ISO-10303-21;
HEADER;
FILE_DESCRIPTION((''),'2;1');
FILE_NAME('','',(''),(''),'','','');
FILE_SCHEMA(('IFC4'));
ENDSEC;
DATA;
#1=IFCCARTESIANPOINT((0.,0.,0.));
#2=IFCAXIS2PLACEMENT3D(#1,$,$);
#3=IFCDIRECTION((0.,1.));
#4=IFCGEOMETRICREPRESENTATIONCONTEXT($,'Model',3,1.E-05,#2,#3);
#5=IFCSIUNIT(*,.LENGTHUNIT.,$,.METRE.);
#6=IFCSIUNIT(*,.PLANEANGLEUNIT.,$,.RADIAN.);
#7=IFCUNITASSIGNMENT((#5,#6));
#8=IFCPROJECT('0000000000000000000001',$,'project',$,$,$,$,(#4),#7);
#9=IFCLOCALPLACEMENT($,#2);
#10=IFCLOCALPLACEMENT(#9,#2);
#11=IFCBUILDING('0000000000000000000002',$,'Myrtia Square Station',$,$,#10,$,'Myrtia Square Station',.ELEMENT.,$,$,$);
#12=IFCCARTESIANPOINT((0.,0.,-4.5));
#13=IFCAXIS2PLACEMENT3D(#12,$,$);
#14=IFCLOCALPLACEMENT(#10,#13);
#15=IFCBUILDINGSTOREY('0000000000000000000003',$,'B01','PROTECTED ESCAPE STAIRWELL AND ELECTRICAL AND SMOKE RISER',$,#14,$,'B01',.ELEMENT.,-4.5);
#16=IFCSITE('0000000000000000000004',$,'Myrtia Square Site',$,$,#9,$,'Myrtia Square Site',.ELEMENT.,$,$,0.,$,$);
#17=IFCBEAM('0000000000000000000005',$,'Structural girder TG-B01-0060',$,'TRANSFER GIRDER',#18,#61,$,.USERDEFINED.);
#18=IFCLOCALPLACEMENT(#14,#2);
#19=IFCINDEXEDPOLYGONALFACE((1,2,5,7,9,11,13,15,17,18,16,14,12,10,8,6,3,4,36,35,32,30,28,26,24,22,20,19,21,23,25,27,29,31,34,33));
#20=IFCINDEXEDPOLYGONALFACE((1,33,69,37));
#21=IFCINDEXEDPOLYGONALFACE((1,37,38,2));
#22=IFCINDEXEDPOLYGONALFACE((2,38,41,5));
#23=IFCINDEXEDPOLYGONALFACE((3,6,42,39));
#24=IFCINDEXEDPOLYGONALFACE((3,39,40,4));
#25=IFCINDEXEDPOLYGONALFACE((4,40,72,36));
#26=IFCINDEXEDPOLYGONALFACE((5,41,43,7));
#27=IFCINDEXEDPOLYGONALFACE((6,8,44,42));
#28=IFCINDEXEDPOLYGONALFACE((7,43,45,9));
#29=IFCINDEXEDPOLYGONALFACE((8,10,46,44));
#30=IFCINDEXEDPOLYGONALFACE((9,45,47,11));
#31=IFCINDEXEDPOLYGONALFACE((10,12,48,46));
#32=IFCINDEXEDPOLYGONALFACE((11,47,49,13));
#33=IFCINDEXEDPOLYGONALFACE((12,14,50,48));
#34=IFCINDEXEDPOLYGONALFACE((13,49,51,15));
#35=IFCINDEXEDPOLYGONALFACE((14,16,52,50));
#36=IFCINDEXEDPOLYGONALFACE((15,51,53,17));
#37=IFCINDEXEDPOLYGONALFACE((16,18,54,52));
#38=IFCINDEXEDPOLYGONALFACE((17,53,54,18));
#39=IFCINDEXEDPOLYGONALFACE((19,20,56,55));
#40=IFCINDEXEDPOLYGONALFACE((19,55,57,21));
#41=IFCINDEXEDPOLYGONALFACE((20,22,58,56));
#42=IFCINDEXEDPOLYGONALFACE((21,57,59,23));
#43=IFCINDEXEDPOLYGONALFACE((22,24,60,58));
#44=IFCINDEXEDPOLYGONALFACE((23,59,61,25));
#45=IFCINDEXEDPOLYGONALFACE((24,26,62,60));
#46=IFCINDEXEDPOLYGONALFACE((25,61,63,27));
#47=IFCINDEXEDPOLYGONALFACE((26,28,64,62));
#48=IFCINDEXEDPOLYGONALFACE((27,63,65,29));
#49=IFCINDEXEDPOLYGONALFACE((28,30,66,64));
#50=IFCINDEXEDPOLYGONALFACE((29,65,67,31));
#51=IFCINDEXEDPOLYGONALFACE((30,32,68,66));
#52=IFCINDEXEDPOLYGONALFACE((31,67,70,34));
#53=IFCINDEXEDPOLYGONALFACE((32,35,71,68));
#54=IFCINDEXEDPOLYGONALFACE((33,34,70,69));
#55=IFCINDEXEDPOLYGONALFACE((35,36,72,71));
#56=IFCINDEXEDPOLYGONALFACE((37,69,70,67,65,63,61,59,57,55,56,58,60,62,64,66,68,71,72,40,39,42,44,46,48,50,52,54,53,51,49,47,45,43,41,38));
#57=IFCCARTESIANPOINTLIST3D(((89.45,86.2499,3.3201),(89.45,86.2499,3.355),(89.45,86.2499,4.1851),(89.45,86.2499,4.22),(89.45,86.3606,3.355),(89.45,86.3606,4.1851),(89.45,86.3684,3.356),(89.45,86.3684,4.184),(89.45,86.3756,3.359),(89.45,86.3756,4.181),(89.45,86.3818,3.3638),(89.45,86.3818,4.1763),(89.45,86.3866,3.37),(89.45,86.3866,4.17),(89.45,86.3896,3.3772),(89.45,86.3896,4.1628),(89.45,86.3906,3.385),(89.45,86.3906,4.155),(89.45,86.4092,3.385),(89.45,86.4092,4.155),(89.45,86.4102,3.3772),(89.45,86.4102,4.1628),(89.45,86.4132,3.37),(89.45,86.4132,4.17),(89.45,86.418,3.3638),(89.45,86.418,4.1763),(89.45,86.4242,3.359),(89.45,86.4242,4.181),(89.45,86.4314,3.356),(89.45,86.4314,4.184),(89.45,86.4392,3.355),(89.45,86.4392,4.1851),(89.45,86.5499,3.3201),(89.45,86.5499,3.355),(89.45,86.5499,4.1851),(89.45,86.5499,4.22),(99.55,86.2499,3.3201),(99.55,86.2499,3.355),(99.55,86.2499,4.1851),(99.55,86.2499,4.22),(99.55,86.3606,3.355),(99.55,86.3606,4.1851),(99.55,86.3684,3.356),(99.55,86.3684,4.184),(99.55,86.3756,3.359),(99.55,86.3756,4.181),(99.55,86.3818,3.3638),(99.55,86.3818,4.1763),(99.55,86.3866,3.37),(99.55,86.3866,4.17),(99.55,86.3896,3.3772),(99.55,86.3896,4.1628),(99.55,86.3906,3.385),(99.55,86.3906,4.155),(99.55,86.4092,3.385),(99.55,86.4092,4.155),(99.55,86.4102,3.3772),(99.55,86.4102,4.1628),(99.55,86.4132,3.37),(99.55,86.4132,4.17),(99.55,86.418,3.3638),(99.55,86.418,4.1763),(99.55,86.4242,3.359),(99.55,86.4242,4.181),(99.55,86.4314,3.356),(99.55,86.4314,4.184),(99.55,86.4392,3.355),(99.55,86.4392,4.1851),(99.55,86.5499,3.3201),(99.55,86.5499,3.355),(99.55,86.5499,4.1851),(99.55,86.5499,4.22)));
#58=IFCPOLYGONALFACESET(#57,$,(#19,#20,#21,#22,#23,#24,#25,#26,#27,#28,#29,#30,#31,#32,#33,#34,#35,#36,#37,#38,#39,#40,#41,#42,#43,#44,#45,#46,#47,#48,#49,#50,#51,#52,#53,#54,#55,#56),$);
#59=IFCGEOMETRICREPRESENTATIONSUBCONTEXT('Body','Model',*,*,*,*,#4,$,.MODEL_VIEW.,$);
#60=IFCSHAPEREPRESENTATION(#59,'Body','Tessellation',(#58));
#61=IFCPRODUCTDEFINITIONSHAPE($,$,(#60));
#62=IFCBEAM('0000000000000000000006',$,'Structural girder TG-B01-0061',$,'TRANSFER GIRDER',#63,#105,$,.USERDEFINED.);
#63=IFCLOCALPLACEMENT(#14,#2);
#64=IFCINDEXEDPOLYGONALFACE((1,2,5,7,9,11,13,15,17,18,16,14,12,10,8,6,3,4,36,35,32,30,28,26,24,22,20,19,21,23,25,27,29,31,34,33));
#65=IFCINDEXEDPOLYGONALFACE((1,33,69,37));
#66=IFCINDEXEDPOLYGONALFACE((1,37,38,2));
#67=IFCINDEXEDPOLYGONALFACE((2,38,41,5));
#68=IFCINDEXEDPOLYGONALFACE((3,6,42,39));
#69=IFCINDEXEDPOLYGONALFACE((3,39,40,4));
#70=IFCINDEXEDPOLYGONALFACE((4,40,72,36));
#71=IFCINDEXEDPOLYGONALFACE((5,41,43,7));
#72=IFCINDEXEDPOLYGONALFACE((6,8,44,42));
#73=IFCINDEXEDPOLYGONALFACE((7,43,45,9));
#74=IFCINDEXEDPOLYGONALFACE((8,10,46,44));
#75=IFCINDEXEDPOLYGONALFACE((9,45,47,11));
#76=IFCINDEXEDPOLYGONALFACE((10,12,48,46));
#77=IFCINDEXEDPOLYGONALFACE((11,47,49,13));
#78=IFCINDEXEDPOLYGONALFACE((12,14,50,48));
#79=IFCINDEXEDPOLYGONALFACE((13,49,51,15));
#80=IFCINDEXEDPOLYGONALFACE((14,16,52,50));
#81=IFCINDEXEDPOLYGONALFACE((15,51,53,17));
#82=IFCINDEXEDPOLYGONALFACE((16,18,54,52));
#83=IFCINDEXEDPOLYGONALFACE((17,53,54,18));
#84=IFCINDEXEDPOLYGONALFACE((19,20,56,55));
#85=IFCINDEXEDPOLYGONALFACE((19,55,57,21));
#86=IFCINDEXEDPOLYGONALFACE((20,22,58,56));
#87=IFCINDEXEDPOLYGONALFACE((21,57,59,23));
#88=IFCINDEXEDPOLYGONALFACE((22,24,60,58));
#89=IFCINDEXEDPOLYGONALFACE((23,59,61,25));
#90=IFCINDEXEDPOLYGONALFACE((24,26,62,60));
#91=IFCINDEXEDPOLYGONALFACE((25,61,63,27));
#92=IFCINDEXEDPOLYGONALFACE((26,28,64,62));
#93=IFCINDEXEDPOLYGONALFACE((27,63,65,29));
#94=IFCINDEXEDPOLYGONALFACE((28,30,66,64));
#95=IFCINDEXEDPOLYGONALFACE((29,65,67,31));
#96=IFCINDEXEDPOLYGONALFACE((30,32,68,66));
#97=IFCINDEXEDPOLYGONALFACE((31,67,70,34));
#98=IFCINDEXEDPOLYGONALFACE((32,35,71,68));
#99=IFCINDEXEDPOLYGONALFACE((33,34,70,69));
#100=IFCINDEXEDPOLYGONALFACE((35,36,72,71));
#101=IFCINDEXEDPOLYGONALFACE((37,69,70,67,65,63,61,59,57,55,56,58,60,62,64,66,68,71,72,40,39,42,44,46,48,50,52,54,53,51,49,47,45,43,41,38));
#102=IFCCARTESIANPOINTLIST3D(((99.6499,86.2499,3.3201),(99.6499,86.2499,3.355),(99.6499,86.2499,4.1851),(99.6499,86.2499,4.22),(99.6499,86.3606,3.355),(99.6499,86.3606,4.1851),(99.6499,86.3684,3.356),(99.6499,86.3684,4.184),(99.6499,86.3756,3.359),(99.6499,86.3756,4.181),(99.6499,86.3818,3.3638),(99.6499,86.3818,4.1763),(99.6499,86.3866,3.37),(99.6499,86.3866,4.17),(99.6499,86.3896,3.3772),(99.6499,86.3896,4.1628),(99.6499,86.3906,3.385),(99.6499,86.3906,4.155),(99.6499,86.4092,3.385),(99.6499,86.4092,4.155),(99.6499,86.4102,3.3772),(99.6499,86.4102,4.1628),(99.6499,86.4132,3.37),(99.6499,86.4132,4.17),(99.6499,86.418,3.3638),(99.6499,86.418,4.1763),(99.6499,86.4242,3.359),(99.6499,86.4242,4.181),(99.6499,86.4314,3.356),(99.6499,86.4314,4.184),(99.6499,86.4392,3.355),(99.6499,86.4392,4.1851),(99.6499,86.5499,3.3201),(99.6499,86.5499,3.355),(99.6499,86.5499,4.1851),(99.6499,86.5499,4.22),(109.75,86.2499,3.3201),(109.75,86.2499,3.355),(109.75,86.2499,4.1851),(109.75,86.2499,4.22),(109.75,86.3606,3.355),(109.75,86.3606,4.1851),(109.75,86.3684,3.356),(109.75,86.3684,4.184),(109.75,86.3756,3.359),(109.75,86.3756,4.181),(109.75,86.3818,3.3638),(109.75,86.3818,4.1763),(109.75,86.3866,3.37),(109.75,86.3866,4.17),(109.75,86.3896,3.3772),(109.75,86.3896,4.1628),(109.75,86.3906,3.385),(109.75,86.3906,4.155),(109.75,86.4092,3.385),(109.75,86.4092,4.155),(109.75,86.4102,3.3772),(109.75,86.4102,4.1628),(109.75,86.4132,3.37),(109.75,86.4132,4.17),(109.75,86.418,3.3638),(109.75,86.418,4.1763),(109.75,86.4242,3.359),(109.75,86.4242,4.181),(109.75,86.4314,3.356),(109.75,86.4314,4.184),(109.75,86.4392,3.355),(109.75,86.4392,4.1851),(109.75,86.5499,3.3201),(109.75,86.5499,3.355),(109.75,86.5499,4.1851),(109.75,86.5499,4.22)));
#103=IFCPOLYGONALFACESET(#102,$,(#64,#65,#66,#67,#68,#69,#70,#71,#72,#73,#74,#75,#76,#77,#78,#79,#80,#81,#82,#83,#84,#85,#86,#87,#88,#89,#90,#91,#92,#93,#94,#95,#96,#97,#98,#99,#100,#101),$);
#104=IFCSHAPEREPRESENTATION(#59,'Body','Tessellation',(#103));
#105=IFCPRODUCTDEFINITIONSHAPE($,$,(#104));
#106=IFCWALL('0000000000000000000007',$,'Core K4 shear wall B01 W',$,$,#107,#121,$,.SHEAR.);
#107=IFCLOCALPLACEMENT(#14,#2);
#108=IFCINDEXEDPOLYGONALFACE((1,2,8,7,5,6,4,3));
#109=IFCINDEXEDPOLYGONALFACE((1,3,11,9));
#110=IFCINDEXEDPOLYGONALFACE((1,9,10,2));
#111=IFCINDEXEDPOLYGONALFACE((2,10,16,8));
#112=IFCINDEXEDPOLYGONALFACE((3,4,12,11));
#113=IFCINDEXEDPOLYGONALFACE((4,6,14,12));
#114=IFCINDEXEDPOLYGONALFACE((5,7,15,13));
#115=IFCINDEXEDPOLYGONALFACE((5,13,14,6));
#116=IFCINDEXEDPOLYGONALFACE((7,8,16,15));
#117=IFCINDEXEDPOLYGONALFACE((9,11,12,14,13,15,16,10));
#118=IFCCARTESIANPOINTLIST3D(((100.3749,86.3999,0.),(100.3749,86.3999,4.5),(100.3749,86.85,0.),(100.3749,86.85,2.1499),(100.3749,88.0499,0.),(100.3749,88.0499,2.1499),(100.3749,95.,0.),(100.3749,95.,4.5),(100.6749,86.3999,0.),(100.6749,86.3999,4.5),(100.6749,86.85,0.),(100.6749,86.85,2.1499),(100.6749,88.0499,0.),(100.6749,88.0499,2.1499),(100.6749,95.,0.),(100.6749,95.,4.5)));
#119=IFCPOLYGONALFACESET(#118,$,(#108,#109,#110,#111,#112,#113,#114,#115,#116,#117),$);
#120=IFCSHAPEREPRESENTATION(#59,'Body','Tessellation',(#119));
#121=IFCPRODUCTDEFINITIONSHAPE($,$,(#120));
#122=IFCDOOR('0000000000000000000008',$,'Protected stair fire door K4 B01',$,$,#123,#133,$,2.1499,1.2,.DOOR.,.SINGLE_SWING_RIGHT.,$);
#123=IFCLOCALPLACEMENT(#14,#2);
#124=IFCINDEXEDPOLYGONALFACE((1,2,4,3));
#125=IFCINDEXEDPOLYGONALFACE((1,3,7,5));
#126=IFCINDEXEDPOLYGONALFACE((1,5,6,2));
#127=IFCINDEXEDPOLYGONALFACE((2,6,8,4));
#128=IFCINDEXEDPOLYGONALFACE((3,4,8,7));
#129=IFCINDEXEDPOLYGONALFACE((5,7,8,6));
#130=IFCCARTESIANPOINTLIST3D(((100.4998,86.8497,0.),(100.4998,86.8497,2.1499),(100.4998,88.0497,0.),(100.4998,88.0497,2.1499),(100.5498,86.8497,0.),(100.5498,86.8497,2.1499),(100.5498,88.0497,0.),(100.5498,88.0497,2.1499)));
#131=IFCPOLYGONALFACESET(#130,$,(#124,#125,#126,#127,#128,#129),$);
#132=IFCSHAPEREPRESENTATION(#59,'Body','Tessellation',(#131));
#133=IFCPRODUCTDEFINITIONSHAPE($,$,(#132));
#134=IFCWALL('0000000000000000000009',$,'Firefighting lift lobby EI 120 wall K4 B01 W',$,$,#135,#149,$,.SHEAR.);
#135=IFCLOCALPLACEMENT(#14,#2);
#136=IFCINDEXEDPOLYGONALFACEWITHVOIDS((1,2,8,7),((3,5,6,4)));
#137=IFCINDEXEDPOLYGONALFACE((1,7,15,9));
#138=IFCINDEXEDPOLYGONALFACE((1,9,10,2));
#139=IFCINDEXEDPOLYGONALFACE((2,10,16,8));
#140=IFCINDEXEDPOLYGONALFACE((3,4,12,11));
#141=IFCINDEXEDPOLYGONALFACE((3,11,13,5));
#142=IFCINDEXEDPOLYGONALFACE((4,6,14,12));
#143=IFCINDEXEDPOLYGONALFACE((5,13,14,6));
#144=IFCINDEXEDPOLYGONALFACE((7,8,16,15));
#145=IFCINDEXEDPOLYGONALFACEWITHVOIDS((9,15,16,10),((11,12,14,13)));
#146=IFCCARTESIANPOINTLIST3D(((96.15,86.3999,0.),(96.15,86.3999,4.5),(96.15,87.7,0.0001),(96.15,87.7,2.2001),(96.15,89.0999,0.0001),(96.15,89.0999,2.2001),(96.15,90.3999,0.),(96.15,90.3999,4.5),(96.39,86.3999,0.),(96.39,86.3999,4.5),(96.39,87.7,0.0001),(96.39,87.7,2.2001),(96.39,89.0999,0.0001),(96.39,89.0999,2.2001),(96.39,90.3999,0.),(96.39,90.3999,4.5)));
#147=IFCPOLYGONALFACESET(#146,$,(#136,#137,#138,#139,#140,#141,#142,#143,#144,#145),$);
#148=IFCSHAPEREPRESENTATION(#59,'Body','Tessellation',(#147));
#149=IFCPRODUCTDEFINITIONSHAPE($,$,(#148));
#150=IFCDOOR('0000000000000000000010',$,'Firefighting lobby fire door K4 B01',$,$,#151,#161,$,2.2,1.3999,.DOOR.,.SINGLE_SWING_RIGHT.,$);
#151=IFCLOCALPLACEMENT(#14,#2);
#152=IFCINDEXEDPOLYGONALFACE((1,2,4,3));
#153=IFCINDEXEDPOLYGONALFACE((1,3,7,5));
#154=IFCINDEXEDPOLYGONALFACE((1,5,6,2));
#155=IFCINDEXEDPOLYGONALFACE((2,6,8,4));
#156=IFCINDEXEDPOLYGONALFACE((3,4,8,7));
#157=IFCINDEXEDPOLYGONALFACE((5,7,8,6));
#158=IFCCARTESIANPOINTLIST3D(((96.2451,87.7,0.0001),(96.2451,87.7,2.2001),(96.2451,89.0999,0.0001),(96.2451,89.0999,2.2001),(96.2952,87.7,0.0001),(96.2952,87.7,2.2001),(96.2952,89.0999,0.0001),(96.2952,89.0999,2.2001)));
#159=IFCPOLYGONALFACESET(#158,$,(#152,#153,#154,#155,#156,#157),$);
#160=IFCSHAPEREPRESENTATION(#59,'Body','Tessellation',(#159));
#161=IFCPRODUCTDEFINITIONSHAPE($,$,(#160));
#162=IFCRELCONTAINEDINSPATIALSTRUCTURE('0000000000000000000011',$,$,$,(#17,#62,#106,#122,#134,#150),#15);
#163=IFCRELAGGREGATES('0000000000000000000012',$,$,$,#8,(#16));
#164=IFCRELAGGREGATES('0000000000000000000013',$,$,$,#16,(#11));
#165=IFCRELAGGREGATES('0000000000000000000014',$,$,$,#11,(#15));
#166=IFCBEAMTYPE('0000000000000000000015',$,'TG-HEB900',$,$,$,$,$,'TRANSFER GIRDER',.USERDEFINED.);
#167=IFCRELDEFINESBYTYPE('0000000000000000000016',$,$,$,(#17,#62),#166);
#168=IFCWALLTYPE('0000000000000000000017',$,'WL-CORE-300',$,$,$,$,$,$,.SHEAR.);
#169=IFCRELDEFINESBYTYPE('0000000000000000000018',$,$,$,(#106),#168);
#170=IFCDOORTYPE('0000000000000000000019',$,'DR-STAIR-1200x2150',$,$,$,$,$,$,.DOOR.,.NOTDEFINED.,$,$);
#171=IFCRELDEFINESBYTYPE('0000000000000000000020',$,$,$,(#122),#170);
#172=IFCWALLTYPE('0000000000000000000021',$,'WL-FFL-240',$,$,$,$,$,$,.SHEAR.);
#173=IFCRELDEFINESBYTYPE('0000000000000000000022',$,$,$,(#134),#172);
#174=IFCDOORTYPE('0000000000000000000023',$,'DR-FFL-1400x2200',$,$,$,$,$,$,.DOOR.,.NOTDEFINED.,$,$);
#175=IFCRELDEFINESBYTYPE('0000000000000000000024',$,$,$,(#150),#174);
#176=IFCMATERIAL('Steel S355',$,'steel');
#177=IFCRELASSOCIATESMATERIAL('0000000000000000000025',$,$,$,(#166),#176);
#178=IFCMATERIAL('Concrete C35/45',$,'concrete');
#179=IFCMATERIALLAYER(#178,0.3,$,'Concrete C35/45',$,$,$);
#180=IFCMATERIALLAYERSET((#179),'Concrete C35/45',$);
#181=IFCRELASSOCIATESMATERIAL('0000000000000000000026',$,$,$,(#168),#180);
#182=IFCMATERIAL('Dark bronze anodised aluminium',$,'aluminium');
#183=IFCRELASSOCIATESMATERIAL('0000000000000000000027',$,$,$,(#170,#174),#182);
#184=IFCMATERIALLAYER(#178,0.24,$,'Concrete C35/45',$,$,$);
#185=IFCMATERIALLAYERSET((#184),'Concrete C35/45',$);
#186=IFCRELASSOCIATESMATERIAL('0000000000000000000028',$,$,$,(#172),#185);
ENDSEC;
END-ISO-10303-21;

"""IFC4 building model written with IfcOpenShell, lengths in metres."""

from ifc_helpers import new_model, si_unit, direction, frame, frame_2d, origin, origin_2d, place, context, subcontext, project, spatial, rectangle, i_section, extrude, material, layer, layer_set, material_profile, profile_set, type_object, element, fill, save


model = new_model("IFC4")

# Units and contexts
model_context = context("Model", 3, precision=1e-05, world=origin(), true_north=direction((0.0, 1.0)))
body_context = subcontext(model_context, "Body", "Model", "MODEL_VIEW")
ifc_project = project(units=[si_unit("LENGTHUNIT", "METRE"), si_unit("PLANEANGLEUNIT", "RADIAN")], contexts=[model_context])

# Site, building, storey
site_placement = place(None, origin())
site = spatial("IfcSite", under=ifc_project, at=site_placement, Name="Myrtia Square Site", LongName="Myrtia Square Site", CompositionType="ELEMENT", RefElevation=0.0)
building_placement = place(site_placement, origin())
building = spatial("IfcBuilding", under=site, at=building_placement, Name="Myrtia Square Station", LongName="Myrtia Square Station", CompositionType="ELEMENT")
storey_placement = place(building_placement, frame((0.0, 0.0, -4.5)))
storey = spatial("IfcBuildingStorey", under=building, at=storey_placement, Name="B01", Description="PROTECTED ESCAPE STAIRWELL AND ELECTRICAL AND SMOKE RISER", LongName="B01", CompositionType="ELEMENT", Elevation=-4.5)

# Shared definitions
ifc_material_1 = material(Name="Concrete C35/45", Category="concrete")

# Beams
ifc_material_2 = material(Name="Steel S355", Category="steel")
ifc_material_profile_1 = material_profile(ifc_material_2, i_section(OverallWidth=0.3, OverallDepth=0.8999, WebThickness=0.0186, FlangeThickness=0.0349, FilletRadius=0.03, at=origin_2d()), Name="HEB 900")
ifc_profile_set_1 = profile_set([ifc_material_profile_1], Name="Steel S355")
beam_type_1 = type_object("IfcBeamType", Name="TG-HEB900", ElementType="TRANSFER GIRDER", PredefinedType="USERDEFINED", material=ifc_profile_set_1)
for number, where, z_axis, x_axis, name in (
    (1, (89.45, 86.3999, 3.77), (1.0, 0.0, 0.0), (0.0, 1.0, 0.0), "Structural girder TG-B01-0060"),
    (2, (99.6499, 86.3999, 3.77), (1.0, 0.0, 0.0), (0.0, 1.0, 0.0), "Structural girder TG-B01-0061"),
):
    element("IfcBeam", number, at=place(storey_placement, frame(where, z_axis=z_axis, x_axis=x_axis)), inside=storey, type_object=beam_type_1, Name=name, ObjectType="TRANSFER GIRDER", PredefinedType="USERDEFINED", context=body_context, shape_type="SweptSolid", body=[
        extrude(i_section(OverallWidth=0.3, OverallDepth=0.8999, WebThickness=0.0186, FlangeThickness=0.0349, FilletRadius=0.03, at=origin_2d()), origin(), (0.0, 0.0, 1.0), 10.1001),
    ])

# Walls, openings, doors
ifc_layer_1 = layer(ifc_material_1, 0.3, Name="Concrete C35/45")
ifc_layer_set_1 = layer_set([ifc_layer_1], Name="Concrete C35/45")
wall_type_1 = type_object("IfcWallType", Name="WL-CORE-300", PredefinedType="SHEAR", material=ifc_layer_set_1)
wall_1_placement = place(storey_placement, frame((100.5249, 86.3999, 0.0), z_axis=(0.0, 0.0, 1.0), x_axis=(0.0, 1.0, 0.0)))
wall_1 = element("IfcWall", 3, at=wall_1_placement, inside=storey, type_object=wall_type_1, Name="Core K4 shear wall B01 W", PredefinedType="SHEAR", context=body_context, shape_type="SweptSolid", body=[
    extrude(rectangle(XDim=8.6001, YDim=0.3, at=frame_2d((4.3, 0.0))), origin(), (0.0, 0.0, 1.0), 4.5),
])
opening_1_placement = place(wall_1_placement, frame((0.45, 0.0, 0.0)))
opening_1 = element("IfcOpeningElement", 4, at=opening_1_placement, cuts=wall_1, PredefinedType="OPENING", context=body_context, shape_type="SweptSolid", body=[
    extrude(rectangle(XDim=1.2, YDim=2.1499, at=frame_2d((0.6001, 1.075))), frame((0.0, 0.165, 0.0), z_axis=(0.0, -1.0, 0.0), x_axis=(1.0, 0.0, 0.0)), (0.0, 0.0, 1.0), 0.3301),
])
ifc_material_3 = material(Name="Dark bronze anodised aluminium", Category="aluminium")
door_type_1 = type_object("IfcDoorType", Name="DR-STAIR-1200x2150", OperationType="NOTDEFINED", PredefinedType="DOOR", material=ifc_material_3)
door_1_placement = place(opening_1_placement, frame((1.2, 0.0, 0.0), z_axis=(0.0, 0.0, 1.0), x_axis=(-1.0, 0.0, 0.0)))
door_1 = element("IfcDoor", 5, at=door_1_placement, inside=storey, type_object=door_type_1, Name="Protected stair fire door K4 B01", OperationType="SINGLE_SWING_RIGHT", OverallHeight=2.1499, OverallWidth=1.2, PredefinedType="DOOR", context=body_context, shape_type="SweptSolid", body=[
    extrude(rectangle(XDim=1.2, YDim=2.1499, at=frame_2d((0.6001, 1.075))), frame((0.0, 0.0249, 0.0), z_axis=(0.0, -1.0, 0.0), x_axis=(1.0, 0.0, 0.0)), (0.0, 0.0, 1.0), 0.05),
])
fill(opening_1, door_1)
ifc_layer_2 = layer(ifc_material_1, 0.24, Name="Concrete C35/45")
ifc_layer_set_2 = layer_set([ifc_layer_2], Name="Concrete C35/45")
wall_type_2 = type_object("IfcWallType", Name="WL-FFL-240", PredefinedType="SHEAR", material=ifc_layer_set_2)
wall_2_placement = place(storey_placement, frame((96.27, 86.3999, 0.0), z_axis=(0.0, 0.0, 1.0), x_axis=(0.0, 1.0, 0.0)))
wall_2 = element("IfcWall", 6, at=wall_2_placement, inside=storey, type_object=wall_type_2, Name="Firefighting lift lobby EI 120 wall K4 B01 W", PredefinedType="SHEAR", context=body_context, shape_type="SweptSolid", body=[
    extrude(rectangle(XDim=4.0, YDim=0.24, at=frame_2d((2.0, 0.0))), origin(), (0.0, 0.0, 1.0), 4.5),
])
opening_2_placement = place(wall_2_placement, frame((1.3, 0.0, 0.0)))
opening_2 = element("IfcOpeningElement", 7, at=opening_2_placement, cuts=wall_2, PredefinedType="OPENING", context=body_context, shape_type="SweptSolid", body=[
    extrude(rectangle(XDim=1.3999, YDim=2.2, at=frame_2d((0.7, 1.1001))), frame((0.0, 0.135, 0.0), z_axis=(0.0, -1.0, 0.0), x_axis=(1.0, 0.0, 0.0)), (0.0, 0.0, 1.0), 0.27),
])
door_type_2 = type_object("IfcDoorType", Name="DR-FFL-1400x2200", OperationType="NOTDEFINED", PredefinedType="DOOR", material=ifc_material_3)
door_2_placement = place(opening_2_placement, origin())
door_2 = element("IfcDoor", 8, at=door_2_placement, inside=storey, type_object=door_type_2, Name="Firefighting lobby fire door K4 B01", OperationType="SINGLE_SWING_RIGHT", OverallHeight=2.2, OverallWidth=1.3999, PredefinedType="DOOR", context=body_context, shape_type="SweptSolid", body=[
    extrude(rectangle(XDim=1.3999, YDim=2.2, at=frame_2d((0.7, 1.1001))), frame((0.0, 0.0249, 0.0), z_axis=(0.0, -1.0, 0.0), x_axis=(1.0, 0.0, 0.0)), (0.0, 0.0, 1.0), 0.05),
])
fill(opening_2, door_2)

save(model, "model.ifc")
